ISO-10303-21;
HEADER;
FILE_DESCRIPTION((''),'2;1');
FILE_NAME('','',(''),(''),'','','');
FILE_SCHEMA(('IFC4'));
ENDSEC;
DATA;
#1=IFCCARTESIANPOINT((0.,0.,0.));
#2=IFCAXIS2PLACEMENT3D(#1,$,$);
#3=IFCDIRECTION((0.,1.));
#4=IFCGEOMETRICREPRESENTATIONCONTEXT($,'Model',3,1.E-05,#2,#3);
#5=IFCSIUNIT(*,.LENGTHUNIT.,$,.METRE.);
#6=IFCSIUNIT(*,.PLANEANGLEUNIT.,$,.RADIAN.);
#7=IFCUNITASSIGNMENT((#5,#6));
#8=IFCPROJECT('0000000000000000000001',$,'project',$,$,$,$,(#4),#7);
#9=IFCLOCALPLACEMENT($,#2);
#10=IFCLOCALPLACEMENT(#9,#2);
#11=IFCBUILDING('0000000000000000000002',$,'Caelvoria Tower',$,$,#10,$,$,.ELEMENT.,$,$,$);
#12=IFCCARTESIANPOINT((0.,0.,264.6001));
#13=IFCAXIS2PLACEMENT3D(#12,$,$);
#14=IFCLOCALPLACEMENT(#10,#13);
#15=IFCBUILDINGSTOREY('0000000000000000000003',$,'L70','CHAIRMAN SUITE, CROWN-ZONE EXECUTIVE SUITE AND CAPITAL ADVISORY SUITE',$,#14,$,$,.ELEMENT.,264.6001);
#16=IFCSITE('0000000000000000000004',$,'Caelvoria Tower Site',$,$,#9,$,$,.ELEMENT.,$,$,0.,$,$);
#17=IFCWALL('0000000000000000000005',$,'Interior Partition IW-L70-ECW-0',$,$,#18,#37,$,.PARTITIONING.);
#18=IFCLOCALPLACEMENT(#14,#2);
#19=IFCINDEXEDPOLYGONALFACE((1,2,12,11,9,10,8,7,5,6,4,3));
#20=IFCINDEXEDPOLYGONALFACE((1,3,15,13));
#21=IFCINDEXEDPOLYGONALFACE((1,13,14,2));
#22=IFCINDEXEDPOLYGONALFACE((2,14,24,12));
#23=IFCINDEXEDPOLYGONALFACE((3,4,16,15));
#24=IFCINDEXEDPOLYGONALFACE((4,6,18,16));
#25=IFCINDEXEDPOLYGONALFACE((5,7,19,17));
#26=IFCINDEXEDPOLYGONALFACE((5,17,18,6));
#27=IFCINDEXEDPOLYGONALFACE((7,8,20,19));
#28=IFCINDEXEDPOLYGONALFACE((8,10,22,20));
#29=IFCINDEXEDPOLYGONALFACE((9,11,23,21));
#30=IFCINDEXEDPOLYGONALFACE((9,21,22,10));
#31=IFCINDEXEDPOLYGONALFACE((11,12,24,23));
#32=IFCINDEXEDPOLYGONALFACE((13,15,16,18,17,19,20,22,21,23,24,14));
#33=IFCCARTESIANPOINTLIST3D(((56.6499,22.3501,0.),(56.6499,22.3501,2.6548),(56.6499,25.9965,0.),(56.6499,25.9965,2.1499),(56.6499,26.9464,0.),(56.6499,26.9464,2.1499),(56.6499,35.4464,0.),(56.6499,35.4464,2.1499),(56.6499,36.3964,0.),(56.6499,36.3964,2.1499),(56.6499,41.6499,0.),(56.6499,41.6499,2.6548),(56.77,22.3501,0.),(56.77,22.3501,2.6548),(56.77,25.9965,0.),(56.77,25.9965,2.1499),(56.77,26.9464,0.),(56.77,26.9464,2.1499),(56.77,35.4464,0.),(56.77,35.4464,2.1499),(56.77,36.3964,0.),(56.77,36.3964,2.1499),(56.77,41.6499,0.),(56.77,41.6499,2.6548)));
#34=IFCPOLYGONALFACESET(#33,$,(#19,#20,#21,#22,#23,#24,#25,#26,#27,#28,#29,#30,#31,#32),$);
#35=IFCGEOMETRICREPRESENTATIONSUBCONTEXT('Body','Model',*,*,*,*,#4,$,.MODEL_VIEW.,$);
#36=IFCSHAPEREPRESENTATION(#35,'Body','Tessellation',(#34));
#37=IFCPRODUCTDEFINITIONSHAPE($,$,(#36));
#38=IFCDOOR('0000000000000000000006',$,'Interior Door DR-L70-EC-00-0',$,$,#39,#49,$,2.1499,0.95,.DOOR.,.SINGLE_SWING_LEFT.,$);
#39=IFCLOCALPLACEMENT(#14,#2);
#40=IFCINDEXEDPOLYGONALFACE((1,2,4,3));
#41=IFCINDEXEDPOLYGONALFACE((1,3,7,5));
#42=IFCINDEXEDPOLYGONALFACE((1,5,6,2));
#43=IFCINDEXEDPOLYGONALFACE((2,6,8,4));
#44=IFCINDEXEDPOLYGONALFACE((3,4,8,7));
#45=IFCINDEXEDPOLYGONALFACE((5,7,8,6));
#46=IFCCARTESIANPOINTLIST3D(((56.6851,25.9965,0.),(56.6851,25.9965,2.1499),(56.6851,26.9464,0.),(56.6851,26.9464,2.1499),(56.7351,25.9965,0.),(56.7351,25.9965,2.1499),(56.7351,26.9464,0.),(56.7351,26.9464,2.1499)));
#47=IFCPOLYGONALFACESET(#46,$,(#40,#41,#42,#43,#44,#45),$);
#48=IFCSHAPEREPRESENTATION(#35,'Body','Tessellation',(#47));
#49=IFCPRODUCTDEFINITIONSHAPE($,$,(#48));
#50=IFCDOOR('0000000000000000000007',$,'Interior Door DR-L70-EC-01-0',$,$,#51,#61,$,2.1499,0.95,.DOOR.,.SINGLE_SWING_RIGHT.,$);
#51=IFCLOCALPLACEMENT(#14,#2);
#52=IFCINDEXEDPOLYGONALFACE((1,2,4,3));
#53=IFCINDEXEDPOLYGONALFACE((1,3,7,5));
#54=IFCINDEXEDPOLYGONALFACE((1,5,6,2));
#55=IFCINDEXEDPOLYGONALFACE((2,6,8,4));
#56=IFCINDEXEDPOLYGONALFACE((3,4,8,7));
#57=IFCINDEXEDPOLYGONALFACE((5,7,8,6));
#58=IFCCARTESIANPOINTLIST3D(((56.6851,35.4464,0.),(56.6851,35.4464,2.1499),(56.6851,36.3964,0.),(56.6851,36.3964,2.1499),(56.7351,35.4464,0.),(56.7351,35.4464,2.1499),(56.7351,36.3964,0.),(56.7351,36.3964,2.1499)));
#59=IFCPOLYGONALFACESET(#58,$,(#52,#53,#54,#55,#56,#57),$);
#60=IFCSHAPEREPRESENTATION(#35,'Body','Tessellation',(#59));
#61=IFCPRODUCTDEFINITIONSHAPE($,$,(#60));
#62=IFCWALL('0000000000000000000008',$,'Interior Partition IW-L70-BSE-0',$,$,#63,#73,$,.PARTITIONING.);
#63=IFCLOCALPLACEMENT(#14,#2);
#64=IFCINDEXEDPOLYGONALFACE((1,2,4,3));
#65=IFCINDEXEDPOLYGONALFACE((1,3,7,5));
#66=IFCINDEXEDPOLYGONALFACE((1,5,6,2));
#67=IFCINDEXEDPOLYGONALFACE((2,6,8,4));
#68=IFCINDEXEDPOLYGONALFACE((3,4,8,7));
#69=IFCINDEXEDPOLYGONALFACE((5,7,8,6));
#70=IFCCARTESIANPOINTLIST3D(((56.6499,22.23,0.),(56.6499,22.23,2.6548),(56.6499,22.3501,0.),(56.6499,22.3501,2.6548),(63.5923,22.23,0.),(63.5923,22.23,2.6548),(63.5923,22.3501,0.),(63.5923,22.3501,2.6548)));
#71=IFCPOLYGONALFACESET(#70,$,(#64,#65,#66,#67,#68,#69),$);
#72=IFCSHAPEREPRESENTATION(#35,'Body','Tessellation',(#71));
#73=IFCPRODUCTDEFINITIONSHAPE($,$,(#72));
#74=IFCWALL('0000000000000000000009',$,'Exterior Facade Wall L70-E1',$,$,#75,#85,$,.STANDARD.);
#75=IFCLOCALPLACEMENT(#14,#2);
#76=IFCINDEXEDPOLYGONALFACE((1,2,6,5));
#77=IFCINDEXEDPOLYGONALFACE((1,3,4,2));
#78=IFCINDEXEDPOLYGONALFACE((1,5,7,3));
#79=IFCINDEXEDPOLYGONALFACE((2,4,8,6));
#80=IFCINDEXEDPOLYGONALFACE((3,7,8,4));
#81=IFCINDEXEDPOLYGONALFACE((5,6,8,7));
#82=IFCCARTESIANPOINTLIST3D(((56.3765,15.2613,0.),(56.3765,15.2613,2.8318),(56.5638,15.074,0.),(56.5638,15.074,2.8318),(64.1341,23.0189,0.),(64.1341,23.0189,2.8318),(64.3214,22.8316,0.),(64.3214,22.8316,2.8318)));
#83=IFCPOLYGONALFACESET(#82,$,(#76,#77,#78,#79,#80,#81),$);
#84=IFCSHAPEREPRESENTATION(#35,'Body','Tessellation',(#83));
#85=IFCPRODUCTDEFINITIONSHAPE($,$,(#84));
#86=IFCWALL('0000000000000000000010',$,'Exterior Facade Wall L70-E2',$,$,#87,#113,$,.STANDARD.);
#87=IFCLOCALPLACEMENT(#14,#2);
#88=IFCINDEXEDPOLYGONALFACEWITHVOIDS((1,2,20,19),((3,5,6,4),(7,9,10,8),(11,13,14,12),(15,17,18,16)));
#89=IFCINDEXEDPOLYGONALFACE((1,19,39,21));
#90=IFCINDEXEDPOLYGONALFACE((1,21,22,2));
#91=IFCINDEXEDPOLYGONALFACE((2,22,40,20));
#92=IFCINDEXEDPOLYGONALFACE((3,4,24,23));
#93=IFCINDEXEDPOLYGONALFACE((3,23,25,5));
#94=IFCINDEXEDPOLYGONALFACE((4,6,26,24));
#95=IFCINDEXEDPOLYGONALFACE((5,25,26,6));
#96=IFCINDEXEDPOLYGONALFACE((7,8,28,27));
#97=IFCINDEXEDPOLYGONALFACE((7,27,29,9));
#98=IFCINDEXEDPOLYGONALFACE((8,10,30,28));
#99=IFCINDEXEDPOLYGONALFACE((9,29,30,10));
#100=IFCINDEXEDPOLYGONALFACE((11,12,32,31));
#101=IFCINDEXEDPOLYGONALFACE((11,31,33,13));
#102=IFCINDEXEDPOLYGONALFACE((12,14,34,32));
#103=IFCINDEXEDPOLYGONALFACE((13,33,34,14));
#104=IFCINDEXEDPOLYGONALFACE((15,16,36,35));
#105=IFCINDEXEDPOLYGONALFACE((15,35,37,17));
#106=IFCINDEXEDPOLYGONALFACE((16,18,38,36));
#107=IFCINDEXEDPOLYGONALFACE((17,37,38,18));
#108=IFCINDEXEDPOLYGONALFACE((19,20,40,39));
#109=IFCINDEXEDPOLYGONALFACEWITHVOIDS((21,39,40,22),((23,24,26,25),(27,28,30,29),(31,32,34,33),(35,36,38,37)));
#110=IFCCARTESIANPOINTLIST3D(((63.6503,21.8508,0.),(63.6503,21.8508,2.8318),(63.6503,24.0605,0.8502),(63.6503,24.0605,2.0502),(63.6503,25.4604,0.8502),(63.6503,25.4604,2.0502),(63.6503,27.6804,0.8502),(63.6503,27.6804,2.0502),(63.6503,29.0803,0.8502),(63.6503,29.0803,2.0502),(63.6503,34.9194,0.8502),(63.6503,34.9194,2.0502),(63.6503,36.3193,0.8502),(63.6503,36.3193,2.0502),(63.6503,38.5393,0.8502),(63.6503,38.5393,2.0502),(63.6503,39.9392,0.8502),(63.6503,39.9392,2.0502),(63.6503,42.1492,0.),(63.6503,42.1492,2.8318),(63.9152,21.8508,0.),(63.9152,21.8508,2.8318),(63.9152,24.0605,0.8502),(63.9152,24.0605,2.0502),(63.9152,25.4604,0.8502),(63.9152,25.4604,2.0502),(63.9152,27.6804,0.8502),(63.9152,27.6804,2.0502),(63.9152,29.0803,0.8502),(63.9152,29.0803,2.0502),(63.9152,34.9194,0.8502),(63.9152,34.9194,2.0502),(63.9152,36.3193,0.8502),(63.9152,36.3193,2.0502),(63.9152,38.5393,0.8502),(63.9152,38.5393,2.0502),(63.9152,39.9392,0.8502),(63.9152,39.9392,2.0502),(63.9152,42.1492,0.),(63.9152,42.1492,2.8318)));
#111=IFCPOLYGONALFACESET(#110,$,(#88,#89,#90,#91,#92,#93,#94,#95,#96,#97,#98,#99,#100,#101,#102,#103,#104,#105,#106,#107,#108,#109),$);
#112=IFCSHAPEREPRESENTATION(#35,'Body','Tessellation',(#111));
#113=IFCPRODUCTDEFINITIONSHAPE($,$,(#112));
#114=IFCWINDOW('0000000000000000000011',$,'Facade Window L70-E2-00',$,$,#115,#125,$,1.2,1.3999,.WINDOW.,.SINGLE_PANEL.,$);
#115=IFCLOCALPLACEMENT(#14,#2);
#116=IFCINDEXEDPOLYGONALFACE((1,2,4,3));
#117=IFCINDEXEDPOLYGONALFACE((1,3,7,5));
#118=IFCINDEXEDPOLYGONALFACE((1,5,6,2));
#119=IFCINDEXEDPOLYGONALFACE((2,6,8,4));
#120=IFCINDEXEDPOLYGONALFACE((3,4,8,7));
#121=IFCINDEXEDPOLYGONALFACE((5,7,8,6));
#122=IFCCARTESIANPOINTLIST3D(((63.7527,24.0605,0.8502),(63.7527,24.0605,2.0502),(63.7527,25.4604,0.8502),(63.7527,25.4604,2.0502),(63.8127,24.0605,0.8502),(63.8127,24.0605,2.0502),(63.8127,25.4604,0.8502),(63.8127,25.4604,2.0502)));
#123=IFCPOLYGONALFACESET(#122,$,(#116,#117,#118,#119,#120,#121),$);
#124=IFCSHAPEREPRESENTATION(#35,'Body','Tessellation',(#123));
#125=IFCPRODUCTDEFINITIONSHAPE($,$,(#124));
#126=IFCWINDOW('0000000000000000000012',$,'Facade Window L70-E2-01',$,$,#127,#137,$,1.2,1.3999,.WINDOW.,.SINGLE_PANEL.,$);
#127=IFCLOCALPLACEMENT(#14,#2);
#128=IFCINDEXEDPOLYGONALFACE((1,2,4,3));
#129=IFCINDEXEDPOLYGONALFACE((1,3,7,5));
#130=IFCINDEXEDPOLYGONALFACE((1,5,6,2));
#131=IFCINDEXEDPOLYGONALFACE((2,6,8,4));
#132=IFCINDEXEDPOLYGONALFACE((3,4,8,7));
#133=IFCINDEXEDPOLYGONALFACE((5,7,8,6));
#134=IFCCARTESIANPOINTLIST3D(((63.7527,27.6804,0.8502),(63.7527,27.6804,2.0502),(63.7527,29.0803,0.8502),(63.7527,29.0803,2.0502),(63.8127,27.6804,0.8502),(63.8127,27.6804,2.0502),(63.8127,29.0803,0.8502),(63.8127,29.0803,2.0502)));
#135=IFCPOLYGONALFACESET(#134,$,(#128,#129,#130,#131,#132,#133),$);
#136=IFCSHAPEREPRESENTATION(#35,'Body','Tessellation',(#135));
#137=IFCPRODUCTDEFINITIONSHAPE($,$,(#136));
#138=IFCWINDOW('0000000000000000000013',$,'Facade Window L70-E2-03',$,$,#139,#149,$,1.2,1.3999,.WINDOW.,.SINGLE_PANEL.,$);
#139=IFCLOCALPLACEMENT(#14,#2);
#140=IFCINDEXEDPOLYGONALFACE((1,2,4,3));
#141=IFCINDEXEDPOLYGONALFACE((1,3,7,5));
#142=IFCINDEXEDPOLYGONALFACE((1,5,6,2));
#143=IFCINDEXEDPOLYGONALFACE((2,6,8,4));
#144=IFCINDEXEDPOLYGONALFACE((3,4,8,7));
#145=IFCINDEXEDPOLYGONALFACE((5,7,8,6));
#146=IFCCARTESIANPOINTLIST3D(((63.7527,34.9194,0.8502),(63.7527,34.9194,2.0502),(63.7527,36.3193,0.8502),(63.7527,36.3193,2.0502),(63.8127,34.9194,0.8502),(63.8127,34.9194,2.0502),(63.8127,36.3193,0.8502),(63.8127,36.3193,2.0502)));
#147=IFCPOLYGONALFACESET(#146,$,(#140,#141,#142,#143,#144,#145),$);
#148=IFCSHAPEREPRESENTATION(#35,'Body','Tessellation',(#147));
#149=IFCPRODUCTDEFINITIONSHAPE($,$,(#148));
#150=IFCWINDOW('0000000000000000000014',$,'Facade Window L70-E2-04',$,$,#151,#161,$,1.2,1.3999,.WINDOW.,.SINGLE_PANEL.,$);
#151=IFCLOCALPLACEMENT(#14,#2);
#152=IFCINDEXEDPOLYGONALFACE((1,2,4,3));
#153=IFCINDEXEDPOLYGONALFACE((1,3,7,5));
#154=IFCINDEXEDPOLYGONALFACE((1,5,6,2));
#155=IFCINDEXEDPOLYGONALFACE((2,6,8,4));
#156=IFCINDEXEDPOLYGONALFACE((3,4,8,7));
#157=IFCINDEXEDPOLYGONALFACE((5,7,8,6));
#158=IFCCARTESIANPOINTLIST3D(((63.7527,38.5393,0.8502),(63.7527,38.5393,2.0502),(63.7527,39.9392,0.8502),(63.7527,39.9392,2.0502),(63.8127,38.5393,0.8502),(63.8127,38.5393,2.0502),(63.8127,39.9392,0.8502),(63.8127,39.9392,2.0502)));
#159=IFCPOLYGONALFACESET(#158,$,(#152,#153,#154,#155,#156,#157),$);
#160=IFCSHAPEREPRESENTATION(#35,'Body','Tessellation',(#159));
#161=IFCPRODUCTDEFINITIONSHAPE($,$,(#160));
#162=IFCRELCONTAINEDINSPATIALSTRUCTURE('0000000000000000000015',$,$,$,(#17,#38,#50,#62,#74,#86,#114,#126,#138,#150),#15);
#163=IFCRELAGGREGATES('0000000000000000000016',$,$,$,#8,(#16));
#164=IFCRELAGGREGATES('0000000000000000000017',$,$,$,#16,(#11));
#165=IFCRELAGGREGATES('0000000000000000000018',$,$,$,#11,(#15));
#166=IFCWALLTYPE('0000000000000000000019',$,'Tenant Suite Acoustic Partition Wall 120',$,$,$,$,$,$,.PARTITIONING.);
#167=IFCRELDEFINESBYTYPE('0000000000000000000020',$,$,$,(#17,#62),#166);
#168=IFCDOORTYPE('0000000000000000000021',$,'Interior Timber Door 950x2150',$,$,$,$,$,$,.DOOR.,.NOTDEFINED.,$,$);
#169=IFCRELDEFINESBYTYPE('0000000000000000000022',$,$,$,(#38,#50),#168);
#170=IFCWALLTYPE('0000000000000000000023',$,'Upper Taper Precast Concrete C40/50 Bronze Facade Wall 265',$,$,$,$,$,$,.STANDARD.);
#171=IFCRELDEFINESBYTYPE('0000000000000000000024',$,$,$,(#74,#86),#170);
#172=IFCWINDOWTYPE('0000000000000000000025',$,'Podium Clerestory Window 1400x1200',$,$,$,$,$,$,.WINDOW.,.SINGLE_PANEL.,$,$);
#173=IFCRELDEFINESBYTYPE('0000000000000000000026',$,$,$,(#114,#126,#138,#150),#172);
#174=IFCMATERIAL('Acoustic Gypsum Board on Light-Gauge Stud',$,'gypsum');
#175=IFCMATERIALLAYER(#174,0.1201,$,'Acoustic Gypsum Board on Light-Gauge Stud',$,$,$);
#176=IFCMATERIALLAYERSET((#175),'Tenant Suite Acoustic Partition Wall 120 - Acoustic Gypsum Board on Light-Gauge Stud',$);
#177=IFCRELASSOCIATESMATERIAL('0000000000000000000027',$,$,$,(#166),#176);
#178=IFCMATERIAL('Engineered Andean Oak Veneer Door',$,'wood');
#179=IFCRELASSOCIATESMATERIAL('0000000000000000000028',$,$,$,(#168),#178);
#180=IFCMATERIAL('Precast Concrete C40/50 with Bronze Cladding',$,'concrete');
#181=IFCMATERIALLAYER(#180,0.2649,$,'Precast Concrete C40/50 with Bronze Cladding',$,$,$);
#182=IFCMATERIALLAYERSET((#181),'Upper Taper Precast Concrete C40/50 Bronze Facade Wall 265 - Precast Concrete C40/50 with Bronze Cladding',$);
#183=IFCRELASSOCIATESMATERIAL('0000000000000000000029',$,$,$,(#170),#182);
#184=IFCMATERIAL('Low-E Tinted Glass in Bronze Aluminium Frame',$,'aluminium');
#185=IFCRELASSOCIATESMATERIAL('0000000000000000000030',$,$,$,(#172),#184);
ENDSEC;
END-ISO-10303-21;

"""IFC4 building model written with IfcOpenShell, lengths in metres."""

from ifc_helpers import new_model, si_unit, direction, frame, frame_2d, origin, place, context, subcontext, project, spatial, rectangle, extrude, material, layer, layer_set, type_object, element, fill, save


model = new_model("IFC4")

# Units and contexts
model_context = context("Model", 3, precision=1e-05, world=origin(), true_north=direction((0.0, 1.0)))
body_context = subcontext(model_context, "Body", "Model", "MODEL_VIEW")
ifc_project = project(units=[si_unit("LENGTHUNIT", "METRE"), si_unit("PLANEANGLEUNIT", "RADIAN")], contexts=[model_context])

# Site, building, storey
site_placement = place(None, origin())
site = spatial("IfcSite", under=ifc_project, at=site_placement, Name="Caelvoria Tower Site", CompositionType="ELEMENT", RefElevation=0.0)
building_placement = place(site_placement, origin())
building = spatial("IfcBuilding", under=site, at=building_placement, Name="Caelvoria Tower", CompositionType="ELEMENT")
storey_placement = place(building_placement, frame((0.0, 0.0, 264.6001)))
storey = spatial("IfcBuildingStorey", under=building, at=storey_placement, Name="L70", Description="CHAIRMAN SUITE, CROWN-ZONE EXECUTIVE SUITE AND CAPITAL ADVISORY SUITE", CompositionType="ELEMENT", Elevation=264.6001)

# Shared definitions
ifc_material_1 = material(Name="Acoustic Gypsum Board on Light-Gauge Stud", Category="gypsum")
ifc_layer_1 = layer(ifc_material_1, 0.1201, Name="Acoustic Gypsum Board on Light-Gauge Stud")
ifc_layer_set_1 = layer_set([ifc_layer_1], Name="Tenant Suite Acoustic Partition Wall 120 - Acoustic Gypsum Board on Light-Gauge Stud")
wall_type_1 = type_object("IfcWallType", Name="Tenant Suite Acoustic Partition Wall 120", PredefinedType="PARTITIONING", material=ifc_layer_set_1)
ifc_material_2 = material(Name="Engineered Andean Oak Veneer Door", Category="wood")

# Wall, openings, doors
wall_1_placement = place(storey_placement, frame((56.71, 22.3501, 0.0), z_axis=(0.0, 0.0, 1.0), x_axis=(0.0, 1.0, 0.0)))
wall_1 = element("IfcWall", 1, at=wall_1_placement, inside=storey, type_object=wall_type_1, Name="Interior Partition IW-L70-ECW-0", PredefinedType="PARTITIONING", context=body_context, shape_type="SweptSolid", body=[
    extrude(rectangle(XDim=19.2998, YDim=0.1201, at=frame_2d((9.6499, 0.0))), origin(), (0.0, 0.0, 1.0), 2.6548),
])
opening_1_placement = place(wall_1_placement, frame((3.6462, 0.0, 0.0)))
opening_1 = element("IfcOpeningElement", 2, at=opening_1_placement, cuts=wall_1, PredefinedType="OPENING", context=body_context, shape_type="SweptSolid", body=[
    extrude(rectangle(XDim=0.95, YDim=2.1499, at=frame_2d((0.4751, 1.075))), frame((0.0, 0.0701, 0.0), z_axis=(0.0, -1.0, 0.0), x_axis=(1.0, 0.0, 0.0)), (0.0, 0.0, 1.0), 0.1401),
])
opening_2_placement = place(wall_1_placement, frame((13.0962, 0.0, 0.0)))
opening_2 = element("IfcOpeningElement", 3, at=opening_2_placement, cuts=wall_1, PredefinedType="OPENING", context=body_context, shape_type="SweptSolid", body=[
    extrude(rectangle(XDim=0.95, YDim=2.1499, at=frame_2d((0.4751, 1.075))), frame((0.0, 0.0701, 0.0), z_axis=(0.0, -1.0, 0.0), x_axis=(1.0, 0.0, 0.0)), (0.0, 0.0, 1.0), 0.1401),
])
door_type_1 = type_object("IfcDoorType", Name="Interior Timber Door 950x2150", OperationType="NOTDEFINED", PredefinedType="DOOR", material=ifc_material_2)
door_1_placement = place(opening_1_placement, origin())
door_1 = element("IfcDoor", 4, at=door_1_placement, inside=storey, type_object=door_type_1, Name="Interior Door DR-L70-EC-00-0", OperationType="SINGLE_SWING_LEFT", OverallHeight=2.1499, OverallWidth=0.95, PredefinedType="DOOR", context=body_context, shape_type="SweptSolid", body=[
    extrude(rectangle(XDim=0.95, YDim=2.1499, at=frame_2d((0.4751, 1.075))), frame((0.0, 0.0249, 0.0), z_axis=(0.0, -1.0, 0.0), x_axis=(1.0, 0.0, 0.0)), (0.0, 0.0, 1.0), 0.05),
])
fill(opening_1, door_1)
door_2_placement = place(opening_2_placement, origin())
door_2 = element("IfcDoor", 5, at=door_2_placement, inside=storey, type_object=door_type_1, Name="Interior Door DR-L70-EC-01-0", OperationType="SINGLE_SWING_RIGHT", OverallHeight=2.1499, OverallWidth=0.95, PredefinedType="DOOR", context=body_context, shape_type="SweptSolid", body=[
    extrude(rectangle(XDim=0.95, YDim=2.1499, at=frame_2d((0.4751, 1.075))), frame((0.0, 0.0249, 0.0), z_axis=(0.0, -1.0, 0.0), x_axis=(1.0, 0.0, 0.0)), (0.0, 0.0, 1.0), 0.05),
])
fill(opening_2, door_2)

# Walls
wall_2_placement = place(storey_placement, frame((56.6499, 22.29, 0.0), z_axis=(0.0, 0.0, 1.0), x_axis=(1.0, 0.0, 0.0)))
element("IfcWall", 6, at=wall_2_placement, inside=storey, type_object=wall_type_1, Name="Interior Partition IW-L70-BSE-0", PredefinedType="PARTITIONING", context=body_context, shape_type="SweptSolid", body=[
    extrude(rectangle(XDim=6.9424, YDim=0.1201, at=frame_2d((3.4712, 0.0))), origin(), (0.0, 0.0, 1.0), 2.6548),
])
ifc_material_3 = material(Name="Precast Concrete C40/50 with Bronze Cladding", Category="concrete")
ifc_layer_2 = layer(ifc_material_3, 0.2649, Name="Precast Concrete C40/50 with Bronze Cladding")
ifc_layer_set_2 = layer_set([ifc_layer_2], Name="Upper Taper Precast Concrete C40/50 Bronze Facade Wall 265 - Precast Concrete C40/50 with Bronze Cladding")
wall_type_2 = type_object("IfcWallType", Name="Upper Taper Precast Concrete C40/50 Bronze Facade Wall 265", PredefinedType="STANDARD", material=ifc_layer_set_2)
wall_3_placement = place(storey_placement, frame((56.4702, 15.1677, 0.0), z_axis=(0.0, 0.0, 1.0), x_axis=(0.707107, 0.707107, 0.0)))
element("IfcWall", 7, at=wall_3_placement, inside=storey, type_object=wall_type_2, Name="Exterior Facade Wall L70-E1", PredefinedType="STANDARD", context=body_context, shape_type="SweptSolid", body=[
    extrude(rectangle(XDim=10.9709, YDim=0.2649, at=frame_2d((5.4854, 0.0))), origin(), (0.0, 0.0, 1.0), 2.8318),
])

# Wall, openings, windows
wall_4_placement = place(storey_placement, frame((63.7827, 21.8508, 0.0), z_axis=(0.0, 0.0, 1.0), x_axis=(0.0, 1.0, 0.0)))
wall_4 = element("IfcWall", 8, at=wall_4_placement, inside=storey, type_object=wall_type_2, Name="Exterior Facade Wall L70-E2", PredefinedType="STANDARD", context=body_context, shape_type="SweptSolid", body=[
    extrude(rectangle(XDim=20.2983, YDim=0.2649, at=frame_2d((10.1492, 0.0))), origin(), (0.0, 0.0, 1.0), 2.8318),
])
opening_3_placement = place(wall_4_placement, frame((2.2097, 0.0, 0.8501)))
opening_3 = element("IfcOpeningElement", 9, at=opening_3_placement, cuts=wall_4, PredefinedType="OPENING", context=body_context, shape_type="SweptSolid", body=[
    extrude(rectangle(XDim=1.3999, YDim=1.2, at=frame_2d((0.7, 0.6001))), frame((0.0, 0.1423, 0.0), z_axis=(0.0, -1.0, 0.0), x_axis=(1.0, 0.0, 0.0)), (0.0, 0.0, 1.0), 0.2849),
])
opening_4_placement = place(wall_4_placement, frame((5.8296, 0.0, 0.8501)))
opening_4 = element("IfcOpeningElement", 10, at=opening_4_placement, cuts=wall_4, PredefinedType="OPENING", context=body_context, shape_type="SweptSolid", body=[
    extrude(rectangle(XDim=1.3999, YDim=1.2, at=frame_2d((0.7, 0.6001))), frame((0.0, 0.1423, 0.0), z_axis=(0.0, -1.0, 0.0), x_axis=(1.0, 0.0, 0.0)), (0.0, 0.0, 1.0), 0.2849),
])
opening_5_placement = place(wall_4_placement, frame((13.0686, 0.0, 0.8501)))
opening_5 = element("IfcOpeningElement", 11, at=opening_5_placement, cuts=wall_4, PredefinedType="OPENING", context=body_context, shape_type="SweptSolid", body=[
    extrude(rectangle(XDim=1.3999, YDim=1.2, at=frame_2d((0.7, 0.6001))), frame((0.0, 0.1423, 0.0), z_axis=(0.0, -1.0, 0.0), x_axis=(1.0, 0.0, 0.0)), (0.0, 0.0, 1.0), 0.2849),
])
opening_6_placement = place(wall_4_placement, frame((16.6885, 0.0, 0.8501)))
opening_6 = element("IfcOpeningElement", 12, at=opening_6_placement, cuts=wall_4, PredefinedType="OPENING", context=body_context, shape_type="SweptSolid", body=[
    extrude(rectangle(XDim=1.3999, YDim=1.2, at=frame_2d((0.7, 0.6001))), frame((0.0, 0.1423, 0.0), z_axis=(0.0, -1.0, 0.0), x_axis=(1.0, 0.0, 0.0)), (0.0, 0.0, 1.0), 0.2849),
])
ifc_material_4 = material(Name="Low-E Tinted Glass in Bronze Aluminium Frame", Category="aluminium")
window_type = type_object("IfcWindowType", Name="Podium Clerestory Window 1400x1200", PartitioningType="SINGLE_PANEL", PredefinedType="WINDOW", material=ifc_material_4)
window_1_placement = place(opening_3_placement, origin())
window_1 = element("IfcWindow", 13, at=window_1_placement, inside=storey, type_object=window_type, Name="Facade Window L70-E2-00", OverallHeight=1.2, OverallWidth=1.3999, PartitioningType="SINGLE_PANEL", PredefinedType="WINDOW", context=body_context, shape_type="SweptSolid", body=[
    extrude(rectangle(XDim=1.3999, YDim=1.2, at=frame_2d((0.7, 0.6001))), frame((0.0, 0.03, 0.0), z_axis=(0.0, -1.0, 0.0), x_axis=(1.0, 0.0, 0.0)), (0.0, 0.0, 1.0), 0.0601),
])
fill(opening_3, window_1)
window_2_placement = place(opening_4_placement, origin())
window_2 = element("IfcWindow", 14, at=window_2_placement, inside=storey, type_object=window_type, Name="Facade Window L70-E2-01", OverallHeight=1.2, OverallWidth=1.3999, PartitioningType="SINGLE_PANEL", PredefinedType="WINDOW", context=body_context, shape_type="SweptSolid", body=[
    extrude(rectangle(XDim=1.3999, YDim=1.2, at=frame_2d((0.7, 0.6001))), frame((0.0, 0.03, 0.0), z_axis=(0.0, -1.0, 0.0), x_axis=(1.0, 0.0, 0.0)), (0.0, 0.0, 1.0), 0.0601),
])
fill(opening_4, window_2)
window_3_placement = place(opening_5_placement, origin())
window_3 = element("IfcWindow", 15, at=window_3_placement, inside=storey, type_object=window_type, Name="Facade Window L70-E2-03", OverallHeight=1.2, OverallWidth=1.3999, PartitioningType="SINGLE_PANEL", PredefinedType="WINDOW", context=body_context, shape_type="SweptSolid", body=[
    extrude(rectangle(XDim=1.3999, YDim=1.2, at=frame_2d((0.7, 0.6001))), frame((0.0, 0.03, 0.0), z_axis=(0.0, -1.0, 0.0), x_axis=(1.0, 0.0, 0.0)), (0.0, 0.0, 1.0), 0.0601),
])
fill(opening_5, window_3)
window_4_placement = place(opening_6_placement, origin())
window_4 = element("IfcWindow", 16, at=window_4_placement, inside=storey, type_object=window_type, Name="Facade Window L70-E2-04", OverallHeight=1.2, OverallWidth=1.3999, PartitioningType="SINGLE_PANEL", PredefinedType="WINDOW", context=body_context, shape_type="SweptSolid", body=[
    extrude(rectangle(XDim=1.3999, YDim=1.2, at=frame_2d((0.7, 0.6001))), frame((0.0, 0.03, 0.0), z_axis=(0.0, -1.0, 0.0), x_axis=(1.0, 0.0, 0.0)), (0.0, 0.0, 1.0), 0.0601),
])
fill(opening_6, window_4)

save(model, "model.ifc")
